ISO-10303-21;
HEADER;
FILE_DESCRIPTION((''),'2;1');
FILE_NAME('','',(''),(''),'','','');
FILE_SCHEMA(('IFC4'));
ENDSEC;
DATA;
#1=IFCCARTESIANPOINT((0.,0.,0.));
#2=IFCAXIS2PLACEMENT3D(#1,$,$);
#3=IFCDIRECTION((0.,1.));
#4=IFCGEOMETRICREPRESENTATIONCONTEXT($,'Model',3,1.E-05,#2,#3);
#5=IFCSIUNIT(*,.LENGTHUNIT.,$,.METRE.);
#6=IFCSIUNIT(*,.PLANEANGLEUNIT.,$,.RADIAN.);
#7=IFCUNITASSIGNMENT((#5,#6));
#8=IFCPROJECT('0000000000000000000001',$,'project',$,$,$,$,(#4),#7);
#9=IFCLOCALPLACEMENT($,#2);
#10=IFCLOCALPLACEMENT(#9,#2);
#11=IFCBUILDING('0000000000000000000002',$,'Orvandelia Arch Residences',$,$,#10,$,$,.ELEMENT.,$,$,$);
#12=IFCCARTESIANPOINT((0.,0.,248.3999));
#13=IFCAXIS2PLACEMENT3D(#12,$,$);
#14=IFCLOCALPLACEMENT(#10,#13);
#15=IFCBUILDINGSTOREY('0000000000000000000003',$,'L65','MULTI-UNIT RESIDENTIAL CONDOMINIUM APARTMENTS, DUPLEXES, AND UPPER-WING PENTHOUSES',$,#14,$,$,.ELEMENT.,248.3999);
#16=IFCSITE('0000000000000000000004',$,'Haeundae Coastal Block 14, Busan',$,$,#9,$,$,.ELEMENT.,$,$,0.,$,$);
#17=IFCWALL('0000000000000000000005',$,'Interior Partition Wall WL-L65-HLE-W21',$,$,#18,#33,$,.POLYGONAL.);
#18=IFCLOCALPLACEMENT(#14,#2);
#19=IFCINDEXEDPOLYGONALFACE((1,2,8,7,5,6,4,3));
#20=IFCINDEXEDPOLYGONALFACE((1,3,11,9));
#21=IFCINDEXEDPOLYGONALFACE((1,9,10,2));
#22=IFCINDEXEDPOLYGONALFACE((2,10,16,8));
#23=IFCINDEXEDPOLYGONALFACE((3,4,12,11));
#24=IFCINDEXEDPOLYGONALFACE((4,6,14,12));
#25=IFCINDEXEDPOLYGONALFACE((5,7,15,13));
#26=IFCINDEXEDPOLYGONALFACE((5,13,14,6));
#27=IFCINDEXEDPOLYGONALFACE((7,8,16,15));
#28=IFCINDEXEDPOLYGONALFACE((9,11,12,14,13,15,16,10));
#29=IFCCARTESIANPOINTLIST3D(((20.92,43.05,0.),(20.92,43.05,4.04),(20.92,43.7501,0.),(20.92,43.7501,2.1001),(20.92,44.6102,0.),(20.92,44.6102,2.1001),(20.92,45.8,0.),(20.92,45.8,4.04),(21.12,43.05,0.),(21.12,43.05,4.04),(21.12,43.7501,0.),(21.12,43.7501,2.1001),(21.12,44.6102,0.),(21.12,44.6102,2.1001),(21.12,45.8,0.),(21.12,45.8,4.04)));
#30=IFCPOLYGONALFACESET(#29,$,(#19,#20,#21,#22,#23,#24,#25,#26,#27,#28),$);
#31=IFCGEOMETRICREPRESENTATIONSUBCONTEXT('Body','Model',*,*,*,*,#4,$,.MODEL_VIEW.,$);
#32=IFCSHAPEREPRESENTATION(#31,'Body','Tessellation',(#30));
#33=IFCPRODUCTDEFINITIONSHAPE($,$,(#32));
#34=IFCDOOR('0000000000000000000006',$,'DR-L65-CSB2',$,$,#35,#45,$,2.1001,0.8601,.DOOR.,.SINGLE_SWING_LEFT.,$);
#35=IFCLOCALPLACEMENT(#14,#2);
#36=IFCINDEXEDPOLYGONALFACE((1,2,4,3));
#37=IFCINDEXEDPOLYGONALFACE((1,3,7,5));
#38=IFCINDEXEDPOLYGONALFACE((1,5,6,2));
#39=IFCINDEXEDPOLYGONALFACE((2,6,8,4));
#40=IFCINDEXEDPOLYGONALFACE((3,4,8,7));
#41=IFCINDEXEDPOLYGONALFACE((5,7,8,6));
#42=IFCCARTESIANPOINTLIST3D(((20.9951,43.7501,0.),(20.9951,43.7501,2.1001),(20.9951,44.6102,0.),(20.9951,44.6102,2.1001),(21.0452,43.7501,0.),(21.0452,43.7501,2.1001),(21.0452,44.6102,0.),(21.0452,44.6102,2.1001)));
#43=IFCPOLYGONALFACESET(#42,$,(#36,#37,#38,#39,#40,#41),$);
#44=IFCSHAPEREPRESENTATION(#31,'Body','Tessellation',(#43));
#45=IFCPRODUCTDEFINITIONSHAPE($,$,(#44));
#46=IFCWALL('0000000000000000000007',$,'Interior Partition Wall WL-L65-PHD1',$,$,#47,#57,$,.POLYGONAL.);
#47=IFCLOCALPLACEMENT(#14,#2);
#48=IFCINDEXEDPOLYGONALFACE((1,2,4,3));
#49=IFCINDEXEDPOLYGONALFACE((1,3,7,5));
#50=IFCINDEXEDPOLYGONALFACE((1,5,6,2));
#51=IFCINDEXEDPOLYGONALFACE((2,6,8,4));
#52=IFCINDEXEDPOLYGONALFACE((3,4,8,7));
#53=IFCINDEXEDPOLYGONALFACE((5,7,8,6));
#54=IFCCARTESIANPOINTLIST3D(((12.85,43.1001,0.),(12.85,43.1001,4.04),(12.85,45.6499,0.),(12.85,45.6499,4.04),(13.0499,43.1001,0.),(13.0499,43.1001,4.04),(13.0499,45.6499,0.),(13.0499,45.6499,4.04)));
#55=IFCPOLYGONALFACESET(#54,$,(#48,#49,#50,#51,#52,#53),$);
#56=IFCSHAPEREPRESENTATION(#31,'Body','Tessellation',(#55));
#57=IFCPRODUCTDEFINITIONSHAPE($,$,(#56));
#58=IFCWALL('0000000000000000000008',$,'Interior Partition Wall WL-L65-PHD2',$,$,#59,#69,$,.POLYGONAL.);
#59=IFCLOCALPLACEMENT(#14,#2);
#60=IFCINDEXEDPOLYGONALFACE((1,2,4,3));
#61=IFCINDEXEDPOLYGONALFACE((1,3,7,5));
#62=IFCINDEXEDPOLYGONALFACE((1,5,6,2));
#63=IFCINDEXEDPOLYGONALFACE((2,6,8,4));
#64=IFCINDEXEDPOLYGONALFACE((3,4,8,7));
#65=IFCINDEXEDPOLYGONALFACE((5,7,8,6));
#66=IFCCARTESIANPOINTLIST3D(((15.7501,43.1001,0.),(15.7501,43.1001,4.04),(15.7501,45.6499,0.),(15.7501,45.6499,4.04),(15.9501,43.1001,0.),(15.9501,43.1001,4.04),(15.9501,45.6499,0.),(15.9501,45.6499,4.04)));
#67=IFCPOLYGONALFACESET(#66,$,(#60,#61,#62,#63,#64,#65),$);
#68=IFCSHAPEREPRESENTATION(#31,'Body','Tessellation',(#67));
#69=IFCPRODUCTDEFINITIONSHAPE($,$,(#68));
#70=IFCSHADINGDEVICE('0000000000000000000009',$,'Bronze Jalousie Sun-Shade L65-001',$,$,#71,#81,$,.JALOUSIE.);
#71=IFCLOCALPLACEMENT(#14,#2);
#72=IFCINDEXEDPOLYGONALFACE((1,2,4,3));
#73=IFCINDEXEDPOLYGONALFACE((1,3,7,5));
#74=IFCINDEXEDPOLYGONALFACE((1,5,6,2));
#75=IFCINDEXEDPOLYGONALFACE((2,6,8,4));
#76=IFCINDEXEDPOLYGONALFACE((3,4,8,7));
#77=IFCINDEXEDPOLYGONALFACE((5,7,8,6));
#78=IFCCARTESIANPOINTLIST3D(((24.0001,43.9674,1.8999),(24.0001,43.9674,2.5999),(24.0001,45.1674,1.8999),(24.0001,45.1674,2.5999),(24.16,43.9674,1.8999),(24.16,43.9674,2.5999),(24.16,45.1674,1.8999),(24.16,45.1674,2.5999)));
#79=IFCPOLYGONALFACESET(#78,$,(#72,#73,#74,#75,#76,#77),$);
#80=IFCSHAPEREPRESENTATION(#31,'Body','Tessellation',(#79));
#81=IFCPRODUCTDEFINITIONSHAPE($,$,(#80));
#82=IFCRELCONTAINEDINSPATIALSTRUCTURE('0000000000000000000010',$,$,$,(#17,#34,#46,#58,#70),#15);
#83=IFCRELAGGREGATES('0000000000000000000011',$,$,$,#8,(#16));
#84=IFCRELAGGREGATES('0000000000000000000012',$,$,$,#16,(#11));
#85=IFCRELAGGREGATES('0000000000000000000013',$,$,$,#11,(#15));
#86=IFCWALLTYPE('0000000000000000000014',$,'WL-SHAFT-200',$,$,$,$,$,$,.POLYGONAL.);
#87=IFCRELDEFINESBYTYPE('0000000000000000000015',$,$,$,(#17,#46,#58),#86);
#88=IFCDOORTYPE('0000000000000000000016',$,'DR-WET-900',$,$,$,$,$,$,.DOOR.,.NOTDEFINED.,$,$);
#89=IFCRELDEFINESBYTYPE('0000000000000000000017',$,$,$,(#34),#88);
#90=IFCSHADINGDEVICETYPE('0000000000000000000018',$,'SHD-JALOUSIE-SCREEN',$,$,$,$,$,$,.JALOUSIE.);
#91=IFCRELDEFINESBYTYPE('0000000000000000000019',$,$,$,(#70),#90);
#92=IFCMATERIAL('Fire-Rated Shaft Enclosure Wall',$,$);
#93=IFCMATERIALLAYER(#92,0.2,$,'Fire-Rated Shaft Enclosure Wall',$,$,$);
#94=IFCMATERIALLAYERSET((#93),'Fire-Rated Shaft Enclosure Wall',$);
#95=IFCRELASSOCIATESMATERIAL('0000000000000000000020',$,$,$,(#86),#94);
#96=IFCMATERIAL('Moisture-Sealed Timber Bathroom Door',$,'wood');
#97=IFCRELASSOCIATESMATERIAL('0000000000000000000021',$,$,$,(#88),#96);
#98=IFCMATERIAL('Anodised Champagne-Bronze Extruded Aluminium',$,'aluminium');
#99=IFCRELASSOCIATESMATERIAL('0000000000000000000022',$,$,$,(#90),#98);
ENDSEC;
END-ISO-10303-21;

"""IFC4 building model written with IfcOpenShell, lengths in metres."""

from ifc_helpers import new_model, si_unit, direction, frame, frame_2d, origin, origin_2d, place, context, subcontext, project, spatial, rectangle, extrude, material, layer, layer_set, type_object, element, fill, save


model = new_model("IFC4")

# Units and contexts
model_context = context("Model", 3, precision=1e-05, world=origin(), true_north=direction((0.0, 1.0)))
body_context = subcontext(model_context, "Body", "Model", "MODEL_VIEW")
ifc_project = project(units=[si_unit("LENGTHUNIT", "METRE"), si_unit("PLANEANGLEUNIT", "RADIAN")], contexts=[model_context])

# Site, building, storey
site_placement = place(None, origin())
site = spatial("IfcSite", under=ifc_project, at=site_placement, Name="Haeundae Coastal Block 14, Busan", CompositionType="ELEMENT", RefElevation=0.0)
building_placement = place(site_placement, origin())
building = spatial("IfcBuilding", under=site, at=building_placement, Name="Orvandelia Arch Residences", CompositionType="ELEMENT")
storey_placement = place(building_placement, frame((0.0, 0.0, 248.3999)))
storey = spatial("IfcBuildingStorey", under=building, at=storey_placement, Name="L65", Description="MULTI-UNIT RESIDENTIAL CONDOMINIUM APARTMENTS, DUPLEXES, AND UPPER-WING PENTHOUSES", CompositionType="ELEMENT", Elevation=248.3999)

# Shared definitions
ifc_material_1 = material(Name="Fire-Rated Shaft Enclosure Wall")
ifc_layer_1 = layer(ifc_material_1, 0.2, Name="Fire-Rated Shaft Enclosure Wall")
ifc_layer_set_1 = layer_set([ifc_layer_1], Name="Fire-Rated Shaft Enclosure Wall")
wall_type_1 = type_object("IfcWallType", Name="WL-SHAFT-200", PredefinedType="POLYGONAL", material=ifc_layer_set_1)

# Wall, opening, door
wall_1_placement = place(storey_placement, frame((21.02, 43.05, 0.0), z_axis=(0.0, 0.0, 1.0), x_axis=(0.0, 1.0, 0.0)))
wall_1 = element("IfcWall", 1, at=wall_1_placement, inside=storey, type_object=wall_type_1, Name="Interior Partition Wall WL-L65-HLE-W21", PredefinedType="POLYGONAL", context=body_context, shape_type="SweptSolid", body=[
    extrude(rectangle(XDim=2.75, YDim=0.2, at=frame_2d((1.375, 0.0))), origin(), (0.0, 0.0, 1.0), 4.04),
])
opening_1_placement = place(wall_1_placement, frame((0.7, 0.0, 0.0)))
opening_1 = element("IfcOpeningElement", 2, at=opening_1_placement, cuts=wall_1, PredefinedType="OPENING", context=body_context, shape_type="SweptSolid", body=[
    extrude(rectangle(XDim=0.8601, YDim=2.1001, at=frame_2d((0.4302, 1.05))), frame((0.0, 0.1099, 0.0), z_axis=(0.0, -1.0, 0.0), x_axis=(1.0, 0.0, 0.0)), (0.0, 0.0, 1.0), 0.22),
])
ifc_material_2 = material(Name="Moisture-Sealed Timber Bathroom Door", Category="wood")
door_type_1 = type_object("IfcDoorType", Name="DR-WET-900", OperationType="NOTDEFINED", PredefinedType="DOOR", material=ifc_material_2)
door_1_placement = place(opening_1_placement, origin())
door_1 = element("IfcDoor", 3, at=door_1_placement, inside=storey, type_object=door_type_1, Name="DR-L65-CSB2", OperationType="SINGLE_SWING_LEFT", OverallHeight=2.1001, OverallWidth=0.8601, PredefinedType="DOOR", context=body_context, shape_type="SweptSolid", body=[
    extrude(rectangle(XDim=0.8601, YDim=2.1001, at=frame_2d((0.4302, 1.05))), frame((0.0, 0.0249, 0.0), z_axis=(0.0, -1.0, 0.0), x_axis=(1.0, 0.0, 0.0)), (0.0, 0.0, 1.0), 0.05),
])
fill(opening_1, door_1)

# Walls
for number, where, z_axis, x_axis, name in (
    (4, (12.95, 43.1001, 0.0), (0.0, 0.0, 1.0), (0.0, 1.0, 0.0), "Interior Partition Wall WL-L65-PHD1"),
    (5, (15.8501, 43.1001, 0.0), (0.0, 0.0, 1.0), (0.0, 1.0, 0.0), "Interior Partition Wall WL-L65-PHD2"),
):
    element("IfcWall", number, at=place(storey_placement, frame(where, z_axis=z_axis, x_axis=x_axis)), inside=storey, type_object=wall_type_1, Name=name, PredefinedType="POLYGONAL", context=body_context, shape_type="SweptSolid", body=[
        extrude(rectangle(XDim=2.5498, YDim=0.2, at=frame_2d((1.2749, 0.0))), origin(), (0.0, 0.0, 1.0), 4.04),
    ])

# Shading device
ifc_material_3 = material(Name="Anodised Champagne-Bronze Extruded Aluminium", Category="aluminium")
shading_device_type = type_object("IfcShadingDeviceType", Name="SHD-JALOUSIE-SCREEN", PredefinedType="JALOUSIE", material=ifc_material_3)
shading_device_placement = place(storey_placement, frame((24.0801, 44.5674, 1.8999), z_axis=(0.0, 0.0, 1.0), x_axis=(0.0, -1.0, 0.0)))
element("IfcShadingDevice", 6, at=shading_device_placement, inside=storey, type_object=shading_device_type, Name="Bronze Jalousie Sun-Shade L65-001", PredefinedType="JALOUSIE", context=body_context, shape_type="SweptSolid", body=[
    extrude(rectangle(XDim=1.2, YDim=0.1599, at=origin_2d()), origin(), (0.0, 0.0, 1.0), 0.7),
])

save(model, "model.ifc")
